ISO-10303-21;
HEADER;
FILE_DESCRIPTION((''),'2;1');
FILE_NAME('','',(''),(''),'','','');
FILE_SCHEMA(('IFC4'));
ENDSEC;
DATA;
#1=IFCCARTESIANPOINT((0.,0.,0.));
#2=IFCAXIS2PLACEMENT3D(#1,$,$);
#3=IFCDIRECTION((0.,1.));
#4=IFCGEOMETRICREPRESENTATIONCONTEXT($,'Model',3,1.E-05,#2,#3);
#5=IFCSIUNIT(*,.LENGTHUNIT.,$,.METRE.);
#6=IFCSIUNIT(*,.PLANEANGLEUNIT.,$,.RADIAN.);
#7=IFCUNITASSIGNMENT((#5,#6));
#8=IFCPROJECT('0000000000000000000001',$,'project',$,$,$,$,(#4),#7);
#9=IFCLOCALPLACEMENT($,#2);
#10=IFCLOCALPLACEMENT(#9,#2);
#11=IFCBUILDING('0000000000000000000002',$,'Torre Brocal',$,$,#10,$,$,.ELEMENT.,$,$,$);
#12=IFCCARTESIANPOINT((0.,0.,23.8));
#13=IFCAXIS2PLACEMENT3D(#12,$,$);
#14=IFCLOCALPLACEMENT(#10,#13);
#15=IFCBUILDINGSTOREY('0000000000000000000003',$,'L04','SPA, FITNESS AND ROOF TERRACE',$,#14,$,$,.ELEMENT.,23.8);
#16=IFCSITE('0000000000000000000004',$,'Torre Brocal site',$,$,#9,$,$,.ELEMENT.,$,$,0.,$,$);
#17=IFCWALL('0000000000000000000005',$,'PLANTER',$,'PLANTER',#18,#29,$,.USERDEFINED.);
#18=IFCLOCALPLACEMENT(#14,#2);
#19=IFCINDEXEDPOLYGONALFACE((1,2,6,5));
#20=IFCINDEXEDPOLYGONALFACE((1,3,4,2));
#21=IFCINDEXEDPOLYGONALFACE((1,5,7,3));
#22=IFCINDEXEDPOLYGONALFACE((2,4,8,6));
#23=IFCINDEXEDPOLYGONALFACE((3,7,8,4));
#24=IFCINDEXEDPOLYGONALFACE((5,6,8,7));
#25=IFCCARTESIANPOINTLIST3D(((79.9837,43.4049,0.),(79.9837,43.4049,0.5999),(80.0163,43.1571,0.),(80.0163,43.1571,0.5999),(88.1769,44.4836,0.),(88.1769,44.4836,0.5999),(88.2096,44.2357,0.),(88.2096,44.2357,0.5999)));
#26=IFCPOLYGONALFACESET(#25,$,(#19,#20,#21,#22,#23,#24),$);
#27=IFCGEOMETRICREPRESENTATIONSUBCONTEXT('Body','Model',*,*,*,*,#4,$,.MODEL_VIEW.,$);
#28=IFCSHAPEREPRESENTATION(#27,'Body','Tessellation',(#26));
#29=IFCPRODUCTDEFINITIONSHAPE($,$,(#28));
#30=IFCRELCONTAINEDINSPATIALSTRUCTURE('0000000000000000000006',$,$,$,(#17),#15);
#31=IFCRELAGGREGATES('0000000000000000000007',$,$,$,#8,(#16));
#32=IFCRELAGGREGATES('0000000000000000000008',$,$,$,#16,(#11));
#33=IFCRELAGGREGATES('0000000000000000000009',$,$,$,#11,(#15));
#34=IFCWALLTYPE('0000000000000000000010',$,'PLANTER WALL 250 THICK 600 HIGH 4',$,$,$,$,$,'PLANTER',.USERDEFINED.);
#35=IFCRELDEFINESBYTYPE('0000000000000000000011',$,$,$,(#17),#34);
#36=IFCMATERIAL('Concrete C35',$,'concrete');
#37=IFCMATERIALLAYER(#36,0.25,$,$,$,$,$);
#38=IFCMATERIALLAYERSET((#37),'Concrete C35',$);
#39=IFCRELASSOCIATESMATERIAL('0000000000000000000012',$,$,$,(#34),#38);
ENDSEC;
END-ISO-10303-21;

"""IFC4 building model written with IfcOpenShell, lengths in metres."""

from ifc_helpers import new_model, si_unit, direction, frame, frame_2d, origin, place, context, subcontext, project, spatial, rectangle, extrude, material, layer, layer_set, type_object, element, save


model = new_model("IFC4")

# Units and contexts
model_context = context("Model", 3, precision=1e-05, world=origin(), true_north=direction((0.0, 1.0)))
body_context = subcontext(model_context, "Body", "Model", "MODEL_VIEW")
ifc_project = project(units=[si_unit("LENGTHUNIT", "METRE"), si_unit("PLANEANGLEUNIT", "RADIAN")], contexts=[model_context])

# Site, building, storey
site_placement = place(None, origin())
site = spatial("IfcSite", under=ifc_project, at=site_placement, Name="Torre Brocal site", CompositionType="ELEMENT", RefElevation=0.0)
building_placement = place(site_placement, origin())
building = spatial("IfcBuilding", under=site, at=building_placement, Name="Torre Brocal", CompositionType="ELEMENT")
storey_placement = place(building_placement, frame((0.0, 0.0, 23.8)))
storey = spatial("IfcBuildingStorey", under=building, at=storey_placement, Name="L04", Description="SPA, FITNESS AND ROOF TERRACE", CompositionType="ELEMENT", Elevation=23.8)

# Wall
ifc_material_1 = material(Name="Concrete C35", Category="concrete")
ifc_layer_1 = layer(ifc_material_1, 0.25)
ifc_layer_set_1 = layer_set([ifc_layer_1], Name="Concrete C35")
wall_type_1 = type_object("IfcWallType", Name="PLANTER WALL 250 THICK 600 HIGH 4", ElementType="PLANTER", PredefinedType="USERDEFINED", material=ifc_layer_set_1)
wall_1_placement = place(storey_placement, frame((88.1931, 44.3596, 0.0), z_axis=(0.0, 0.0, 1.0), x_axis=(-0.991445, -0.130523, 0.0)))
element("IfcWall", 1, at=wall_1_placement, inside=storey, type_object=wall_type_1, Name="PLANTER", ObjectType="PLANTER", PredefinedType="USERDEFINED", context=body_context, shape_type="SweptSolid", body=[
    extrude(rectangle(XDim=8.2639, YDim=0.25, at=frame_2d((4.1318, 0.0))), origin(), (0.0, 0.0, 1.0), 0.5999),
])

save(model, "model.ifc")
